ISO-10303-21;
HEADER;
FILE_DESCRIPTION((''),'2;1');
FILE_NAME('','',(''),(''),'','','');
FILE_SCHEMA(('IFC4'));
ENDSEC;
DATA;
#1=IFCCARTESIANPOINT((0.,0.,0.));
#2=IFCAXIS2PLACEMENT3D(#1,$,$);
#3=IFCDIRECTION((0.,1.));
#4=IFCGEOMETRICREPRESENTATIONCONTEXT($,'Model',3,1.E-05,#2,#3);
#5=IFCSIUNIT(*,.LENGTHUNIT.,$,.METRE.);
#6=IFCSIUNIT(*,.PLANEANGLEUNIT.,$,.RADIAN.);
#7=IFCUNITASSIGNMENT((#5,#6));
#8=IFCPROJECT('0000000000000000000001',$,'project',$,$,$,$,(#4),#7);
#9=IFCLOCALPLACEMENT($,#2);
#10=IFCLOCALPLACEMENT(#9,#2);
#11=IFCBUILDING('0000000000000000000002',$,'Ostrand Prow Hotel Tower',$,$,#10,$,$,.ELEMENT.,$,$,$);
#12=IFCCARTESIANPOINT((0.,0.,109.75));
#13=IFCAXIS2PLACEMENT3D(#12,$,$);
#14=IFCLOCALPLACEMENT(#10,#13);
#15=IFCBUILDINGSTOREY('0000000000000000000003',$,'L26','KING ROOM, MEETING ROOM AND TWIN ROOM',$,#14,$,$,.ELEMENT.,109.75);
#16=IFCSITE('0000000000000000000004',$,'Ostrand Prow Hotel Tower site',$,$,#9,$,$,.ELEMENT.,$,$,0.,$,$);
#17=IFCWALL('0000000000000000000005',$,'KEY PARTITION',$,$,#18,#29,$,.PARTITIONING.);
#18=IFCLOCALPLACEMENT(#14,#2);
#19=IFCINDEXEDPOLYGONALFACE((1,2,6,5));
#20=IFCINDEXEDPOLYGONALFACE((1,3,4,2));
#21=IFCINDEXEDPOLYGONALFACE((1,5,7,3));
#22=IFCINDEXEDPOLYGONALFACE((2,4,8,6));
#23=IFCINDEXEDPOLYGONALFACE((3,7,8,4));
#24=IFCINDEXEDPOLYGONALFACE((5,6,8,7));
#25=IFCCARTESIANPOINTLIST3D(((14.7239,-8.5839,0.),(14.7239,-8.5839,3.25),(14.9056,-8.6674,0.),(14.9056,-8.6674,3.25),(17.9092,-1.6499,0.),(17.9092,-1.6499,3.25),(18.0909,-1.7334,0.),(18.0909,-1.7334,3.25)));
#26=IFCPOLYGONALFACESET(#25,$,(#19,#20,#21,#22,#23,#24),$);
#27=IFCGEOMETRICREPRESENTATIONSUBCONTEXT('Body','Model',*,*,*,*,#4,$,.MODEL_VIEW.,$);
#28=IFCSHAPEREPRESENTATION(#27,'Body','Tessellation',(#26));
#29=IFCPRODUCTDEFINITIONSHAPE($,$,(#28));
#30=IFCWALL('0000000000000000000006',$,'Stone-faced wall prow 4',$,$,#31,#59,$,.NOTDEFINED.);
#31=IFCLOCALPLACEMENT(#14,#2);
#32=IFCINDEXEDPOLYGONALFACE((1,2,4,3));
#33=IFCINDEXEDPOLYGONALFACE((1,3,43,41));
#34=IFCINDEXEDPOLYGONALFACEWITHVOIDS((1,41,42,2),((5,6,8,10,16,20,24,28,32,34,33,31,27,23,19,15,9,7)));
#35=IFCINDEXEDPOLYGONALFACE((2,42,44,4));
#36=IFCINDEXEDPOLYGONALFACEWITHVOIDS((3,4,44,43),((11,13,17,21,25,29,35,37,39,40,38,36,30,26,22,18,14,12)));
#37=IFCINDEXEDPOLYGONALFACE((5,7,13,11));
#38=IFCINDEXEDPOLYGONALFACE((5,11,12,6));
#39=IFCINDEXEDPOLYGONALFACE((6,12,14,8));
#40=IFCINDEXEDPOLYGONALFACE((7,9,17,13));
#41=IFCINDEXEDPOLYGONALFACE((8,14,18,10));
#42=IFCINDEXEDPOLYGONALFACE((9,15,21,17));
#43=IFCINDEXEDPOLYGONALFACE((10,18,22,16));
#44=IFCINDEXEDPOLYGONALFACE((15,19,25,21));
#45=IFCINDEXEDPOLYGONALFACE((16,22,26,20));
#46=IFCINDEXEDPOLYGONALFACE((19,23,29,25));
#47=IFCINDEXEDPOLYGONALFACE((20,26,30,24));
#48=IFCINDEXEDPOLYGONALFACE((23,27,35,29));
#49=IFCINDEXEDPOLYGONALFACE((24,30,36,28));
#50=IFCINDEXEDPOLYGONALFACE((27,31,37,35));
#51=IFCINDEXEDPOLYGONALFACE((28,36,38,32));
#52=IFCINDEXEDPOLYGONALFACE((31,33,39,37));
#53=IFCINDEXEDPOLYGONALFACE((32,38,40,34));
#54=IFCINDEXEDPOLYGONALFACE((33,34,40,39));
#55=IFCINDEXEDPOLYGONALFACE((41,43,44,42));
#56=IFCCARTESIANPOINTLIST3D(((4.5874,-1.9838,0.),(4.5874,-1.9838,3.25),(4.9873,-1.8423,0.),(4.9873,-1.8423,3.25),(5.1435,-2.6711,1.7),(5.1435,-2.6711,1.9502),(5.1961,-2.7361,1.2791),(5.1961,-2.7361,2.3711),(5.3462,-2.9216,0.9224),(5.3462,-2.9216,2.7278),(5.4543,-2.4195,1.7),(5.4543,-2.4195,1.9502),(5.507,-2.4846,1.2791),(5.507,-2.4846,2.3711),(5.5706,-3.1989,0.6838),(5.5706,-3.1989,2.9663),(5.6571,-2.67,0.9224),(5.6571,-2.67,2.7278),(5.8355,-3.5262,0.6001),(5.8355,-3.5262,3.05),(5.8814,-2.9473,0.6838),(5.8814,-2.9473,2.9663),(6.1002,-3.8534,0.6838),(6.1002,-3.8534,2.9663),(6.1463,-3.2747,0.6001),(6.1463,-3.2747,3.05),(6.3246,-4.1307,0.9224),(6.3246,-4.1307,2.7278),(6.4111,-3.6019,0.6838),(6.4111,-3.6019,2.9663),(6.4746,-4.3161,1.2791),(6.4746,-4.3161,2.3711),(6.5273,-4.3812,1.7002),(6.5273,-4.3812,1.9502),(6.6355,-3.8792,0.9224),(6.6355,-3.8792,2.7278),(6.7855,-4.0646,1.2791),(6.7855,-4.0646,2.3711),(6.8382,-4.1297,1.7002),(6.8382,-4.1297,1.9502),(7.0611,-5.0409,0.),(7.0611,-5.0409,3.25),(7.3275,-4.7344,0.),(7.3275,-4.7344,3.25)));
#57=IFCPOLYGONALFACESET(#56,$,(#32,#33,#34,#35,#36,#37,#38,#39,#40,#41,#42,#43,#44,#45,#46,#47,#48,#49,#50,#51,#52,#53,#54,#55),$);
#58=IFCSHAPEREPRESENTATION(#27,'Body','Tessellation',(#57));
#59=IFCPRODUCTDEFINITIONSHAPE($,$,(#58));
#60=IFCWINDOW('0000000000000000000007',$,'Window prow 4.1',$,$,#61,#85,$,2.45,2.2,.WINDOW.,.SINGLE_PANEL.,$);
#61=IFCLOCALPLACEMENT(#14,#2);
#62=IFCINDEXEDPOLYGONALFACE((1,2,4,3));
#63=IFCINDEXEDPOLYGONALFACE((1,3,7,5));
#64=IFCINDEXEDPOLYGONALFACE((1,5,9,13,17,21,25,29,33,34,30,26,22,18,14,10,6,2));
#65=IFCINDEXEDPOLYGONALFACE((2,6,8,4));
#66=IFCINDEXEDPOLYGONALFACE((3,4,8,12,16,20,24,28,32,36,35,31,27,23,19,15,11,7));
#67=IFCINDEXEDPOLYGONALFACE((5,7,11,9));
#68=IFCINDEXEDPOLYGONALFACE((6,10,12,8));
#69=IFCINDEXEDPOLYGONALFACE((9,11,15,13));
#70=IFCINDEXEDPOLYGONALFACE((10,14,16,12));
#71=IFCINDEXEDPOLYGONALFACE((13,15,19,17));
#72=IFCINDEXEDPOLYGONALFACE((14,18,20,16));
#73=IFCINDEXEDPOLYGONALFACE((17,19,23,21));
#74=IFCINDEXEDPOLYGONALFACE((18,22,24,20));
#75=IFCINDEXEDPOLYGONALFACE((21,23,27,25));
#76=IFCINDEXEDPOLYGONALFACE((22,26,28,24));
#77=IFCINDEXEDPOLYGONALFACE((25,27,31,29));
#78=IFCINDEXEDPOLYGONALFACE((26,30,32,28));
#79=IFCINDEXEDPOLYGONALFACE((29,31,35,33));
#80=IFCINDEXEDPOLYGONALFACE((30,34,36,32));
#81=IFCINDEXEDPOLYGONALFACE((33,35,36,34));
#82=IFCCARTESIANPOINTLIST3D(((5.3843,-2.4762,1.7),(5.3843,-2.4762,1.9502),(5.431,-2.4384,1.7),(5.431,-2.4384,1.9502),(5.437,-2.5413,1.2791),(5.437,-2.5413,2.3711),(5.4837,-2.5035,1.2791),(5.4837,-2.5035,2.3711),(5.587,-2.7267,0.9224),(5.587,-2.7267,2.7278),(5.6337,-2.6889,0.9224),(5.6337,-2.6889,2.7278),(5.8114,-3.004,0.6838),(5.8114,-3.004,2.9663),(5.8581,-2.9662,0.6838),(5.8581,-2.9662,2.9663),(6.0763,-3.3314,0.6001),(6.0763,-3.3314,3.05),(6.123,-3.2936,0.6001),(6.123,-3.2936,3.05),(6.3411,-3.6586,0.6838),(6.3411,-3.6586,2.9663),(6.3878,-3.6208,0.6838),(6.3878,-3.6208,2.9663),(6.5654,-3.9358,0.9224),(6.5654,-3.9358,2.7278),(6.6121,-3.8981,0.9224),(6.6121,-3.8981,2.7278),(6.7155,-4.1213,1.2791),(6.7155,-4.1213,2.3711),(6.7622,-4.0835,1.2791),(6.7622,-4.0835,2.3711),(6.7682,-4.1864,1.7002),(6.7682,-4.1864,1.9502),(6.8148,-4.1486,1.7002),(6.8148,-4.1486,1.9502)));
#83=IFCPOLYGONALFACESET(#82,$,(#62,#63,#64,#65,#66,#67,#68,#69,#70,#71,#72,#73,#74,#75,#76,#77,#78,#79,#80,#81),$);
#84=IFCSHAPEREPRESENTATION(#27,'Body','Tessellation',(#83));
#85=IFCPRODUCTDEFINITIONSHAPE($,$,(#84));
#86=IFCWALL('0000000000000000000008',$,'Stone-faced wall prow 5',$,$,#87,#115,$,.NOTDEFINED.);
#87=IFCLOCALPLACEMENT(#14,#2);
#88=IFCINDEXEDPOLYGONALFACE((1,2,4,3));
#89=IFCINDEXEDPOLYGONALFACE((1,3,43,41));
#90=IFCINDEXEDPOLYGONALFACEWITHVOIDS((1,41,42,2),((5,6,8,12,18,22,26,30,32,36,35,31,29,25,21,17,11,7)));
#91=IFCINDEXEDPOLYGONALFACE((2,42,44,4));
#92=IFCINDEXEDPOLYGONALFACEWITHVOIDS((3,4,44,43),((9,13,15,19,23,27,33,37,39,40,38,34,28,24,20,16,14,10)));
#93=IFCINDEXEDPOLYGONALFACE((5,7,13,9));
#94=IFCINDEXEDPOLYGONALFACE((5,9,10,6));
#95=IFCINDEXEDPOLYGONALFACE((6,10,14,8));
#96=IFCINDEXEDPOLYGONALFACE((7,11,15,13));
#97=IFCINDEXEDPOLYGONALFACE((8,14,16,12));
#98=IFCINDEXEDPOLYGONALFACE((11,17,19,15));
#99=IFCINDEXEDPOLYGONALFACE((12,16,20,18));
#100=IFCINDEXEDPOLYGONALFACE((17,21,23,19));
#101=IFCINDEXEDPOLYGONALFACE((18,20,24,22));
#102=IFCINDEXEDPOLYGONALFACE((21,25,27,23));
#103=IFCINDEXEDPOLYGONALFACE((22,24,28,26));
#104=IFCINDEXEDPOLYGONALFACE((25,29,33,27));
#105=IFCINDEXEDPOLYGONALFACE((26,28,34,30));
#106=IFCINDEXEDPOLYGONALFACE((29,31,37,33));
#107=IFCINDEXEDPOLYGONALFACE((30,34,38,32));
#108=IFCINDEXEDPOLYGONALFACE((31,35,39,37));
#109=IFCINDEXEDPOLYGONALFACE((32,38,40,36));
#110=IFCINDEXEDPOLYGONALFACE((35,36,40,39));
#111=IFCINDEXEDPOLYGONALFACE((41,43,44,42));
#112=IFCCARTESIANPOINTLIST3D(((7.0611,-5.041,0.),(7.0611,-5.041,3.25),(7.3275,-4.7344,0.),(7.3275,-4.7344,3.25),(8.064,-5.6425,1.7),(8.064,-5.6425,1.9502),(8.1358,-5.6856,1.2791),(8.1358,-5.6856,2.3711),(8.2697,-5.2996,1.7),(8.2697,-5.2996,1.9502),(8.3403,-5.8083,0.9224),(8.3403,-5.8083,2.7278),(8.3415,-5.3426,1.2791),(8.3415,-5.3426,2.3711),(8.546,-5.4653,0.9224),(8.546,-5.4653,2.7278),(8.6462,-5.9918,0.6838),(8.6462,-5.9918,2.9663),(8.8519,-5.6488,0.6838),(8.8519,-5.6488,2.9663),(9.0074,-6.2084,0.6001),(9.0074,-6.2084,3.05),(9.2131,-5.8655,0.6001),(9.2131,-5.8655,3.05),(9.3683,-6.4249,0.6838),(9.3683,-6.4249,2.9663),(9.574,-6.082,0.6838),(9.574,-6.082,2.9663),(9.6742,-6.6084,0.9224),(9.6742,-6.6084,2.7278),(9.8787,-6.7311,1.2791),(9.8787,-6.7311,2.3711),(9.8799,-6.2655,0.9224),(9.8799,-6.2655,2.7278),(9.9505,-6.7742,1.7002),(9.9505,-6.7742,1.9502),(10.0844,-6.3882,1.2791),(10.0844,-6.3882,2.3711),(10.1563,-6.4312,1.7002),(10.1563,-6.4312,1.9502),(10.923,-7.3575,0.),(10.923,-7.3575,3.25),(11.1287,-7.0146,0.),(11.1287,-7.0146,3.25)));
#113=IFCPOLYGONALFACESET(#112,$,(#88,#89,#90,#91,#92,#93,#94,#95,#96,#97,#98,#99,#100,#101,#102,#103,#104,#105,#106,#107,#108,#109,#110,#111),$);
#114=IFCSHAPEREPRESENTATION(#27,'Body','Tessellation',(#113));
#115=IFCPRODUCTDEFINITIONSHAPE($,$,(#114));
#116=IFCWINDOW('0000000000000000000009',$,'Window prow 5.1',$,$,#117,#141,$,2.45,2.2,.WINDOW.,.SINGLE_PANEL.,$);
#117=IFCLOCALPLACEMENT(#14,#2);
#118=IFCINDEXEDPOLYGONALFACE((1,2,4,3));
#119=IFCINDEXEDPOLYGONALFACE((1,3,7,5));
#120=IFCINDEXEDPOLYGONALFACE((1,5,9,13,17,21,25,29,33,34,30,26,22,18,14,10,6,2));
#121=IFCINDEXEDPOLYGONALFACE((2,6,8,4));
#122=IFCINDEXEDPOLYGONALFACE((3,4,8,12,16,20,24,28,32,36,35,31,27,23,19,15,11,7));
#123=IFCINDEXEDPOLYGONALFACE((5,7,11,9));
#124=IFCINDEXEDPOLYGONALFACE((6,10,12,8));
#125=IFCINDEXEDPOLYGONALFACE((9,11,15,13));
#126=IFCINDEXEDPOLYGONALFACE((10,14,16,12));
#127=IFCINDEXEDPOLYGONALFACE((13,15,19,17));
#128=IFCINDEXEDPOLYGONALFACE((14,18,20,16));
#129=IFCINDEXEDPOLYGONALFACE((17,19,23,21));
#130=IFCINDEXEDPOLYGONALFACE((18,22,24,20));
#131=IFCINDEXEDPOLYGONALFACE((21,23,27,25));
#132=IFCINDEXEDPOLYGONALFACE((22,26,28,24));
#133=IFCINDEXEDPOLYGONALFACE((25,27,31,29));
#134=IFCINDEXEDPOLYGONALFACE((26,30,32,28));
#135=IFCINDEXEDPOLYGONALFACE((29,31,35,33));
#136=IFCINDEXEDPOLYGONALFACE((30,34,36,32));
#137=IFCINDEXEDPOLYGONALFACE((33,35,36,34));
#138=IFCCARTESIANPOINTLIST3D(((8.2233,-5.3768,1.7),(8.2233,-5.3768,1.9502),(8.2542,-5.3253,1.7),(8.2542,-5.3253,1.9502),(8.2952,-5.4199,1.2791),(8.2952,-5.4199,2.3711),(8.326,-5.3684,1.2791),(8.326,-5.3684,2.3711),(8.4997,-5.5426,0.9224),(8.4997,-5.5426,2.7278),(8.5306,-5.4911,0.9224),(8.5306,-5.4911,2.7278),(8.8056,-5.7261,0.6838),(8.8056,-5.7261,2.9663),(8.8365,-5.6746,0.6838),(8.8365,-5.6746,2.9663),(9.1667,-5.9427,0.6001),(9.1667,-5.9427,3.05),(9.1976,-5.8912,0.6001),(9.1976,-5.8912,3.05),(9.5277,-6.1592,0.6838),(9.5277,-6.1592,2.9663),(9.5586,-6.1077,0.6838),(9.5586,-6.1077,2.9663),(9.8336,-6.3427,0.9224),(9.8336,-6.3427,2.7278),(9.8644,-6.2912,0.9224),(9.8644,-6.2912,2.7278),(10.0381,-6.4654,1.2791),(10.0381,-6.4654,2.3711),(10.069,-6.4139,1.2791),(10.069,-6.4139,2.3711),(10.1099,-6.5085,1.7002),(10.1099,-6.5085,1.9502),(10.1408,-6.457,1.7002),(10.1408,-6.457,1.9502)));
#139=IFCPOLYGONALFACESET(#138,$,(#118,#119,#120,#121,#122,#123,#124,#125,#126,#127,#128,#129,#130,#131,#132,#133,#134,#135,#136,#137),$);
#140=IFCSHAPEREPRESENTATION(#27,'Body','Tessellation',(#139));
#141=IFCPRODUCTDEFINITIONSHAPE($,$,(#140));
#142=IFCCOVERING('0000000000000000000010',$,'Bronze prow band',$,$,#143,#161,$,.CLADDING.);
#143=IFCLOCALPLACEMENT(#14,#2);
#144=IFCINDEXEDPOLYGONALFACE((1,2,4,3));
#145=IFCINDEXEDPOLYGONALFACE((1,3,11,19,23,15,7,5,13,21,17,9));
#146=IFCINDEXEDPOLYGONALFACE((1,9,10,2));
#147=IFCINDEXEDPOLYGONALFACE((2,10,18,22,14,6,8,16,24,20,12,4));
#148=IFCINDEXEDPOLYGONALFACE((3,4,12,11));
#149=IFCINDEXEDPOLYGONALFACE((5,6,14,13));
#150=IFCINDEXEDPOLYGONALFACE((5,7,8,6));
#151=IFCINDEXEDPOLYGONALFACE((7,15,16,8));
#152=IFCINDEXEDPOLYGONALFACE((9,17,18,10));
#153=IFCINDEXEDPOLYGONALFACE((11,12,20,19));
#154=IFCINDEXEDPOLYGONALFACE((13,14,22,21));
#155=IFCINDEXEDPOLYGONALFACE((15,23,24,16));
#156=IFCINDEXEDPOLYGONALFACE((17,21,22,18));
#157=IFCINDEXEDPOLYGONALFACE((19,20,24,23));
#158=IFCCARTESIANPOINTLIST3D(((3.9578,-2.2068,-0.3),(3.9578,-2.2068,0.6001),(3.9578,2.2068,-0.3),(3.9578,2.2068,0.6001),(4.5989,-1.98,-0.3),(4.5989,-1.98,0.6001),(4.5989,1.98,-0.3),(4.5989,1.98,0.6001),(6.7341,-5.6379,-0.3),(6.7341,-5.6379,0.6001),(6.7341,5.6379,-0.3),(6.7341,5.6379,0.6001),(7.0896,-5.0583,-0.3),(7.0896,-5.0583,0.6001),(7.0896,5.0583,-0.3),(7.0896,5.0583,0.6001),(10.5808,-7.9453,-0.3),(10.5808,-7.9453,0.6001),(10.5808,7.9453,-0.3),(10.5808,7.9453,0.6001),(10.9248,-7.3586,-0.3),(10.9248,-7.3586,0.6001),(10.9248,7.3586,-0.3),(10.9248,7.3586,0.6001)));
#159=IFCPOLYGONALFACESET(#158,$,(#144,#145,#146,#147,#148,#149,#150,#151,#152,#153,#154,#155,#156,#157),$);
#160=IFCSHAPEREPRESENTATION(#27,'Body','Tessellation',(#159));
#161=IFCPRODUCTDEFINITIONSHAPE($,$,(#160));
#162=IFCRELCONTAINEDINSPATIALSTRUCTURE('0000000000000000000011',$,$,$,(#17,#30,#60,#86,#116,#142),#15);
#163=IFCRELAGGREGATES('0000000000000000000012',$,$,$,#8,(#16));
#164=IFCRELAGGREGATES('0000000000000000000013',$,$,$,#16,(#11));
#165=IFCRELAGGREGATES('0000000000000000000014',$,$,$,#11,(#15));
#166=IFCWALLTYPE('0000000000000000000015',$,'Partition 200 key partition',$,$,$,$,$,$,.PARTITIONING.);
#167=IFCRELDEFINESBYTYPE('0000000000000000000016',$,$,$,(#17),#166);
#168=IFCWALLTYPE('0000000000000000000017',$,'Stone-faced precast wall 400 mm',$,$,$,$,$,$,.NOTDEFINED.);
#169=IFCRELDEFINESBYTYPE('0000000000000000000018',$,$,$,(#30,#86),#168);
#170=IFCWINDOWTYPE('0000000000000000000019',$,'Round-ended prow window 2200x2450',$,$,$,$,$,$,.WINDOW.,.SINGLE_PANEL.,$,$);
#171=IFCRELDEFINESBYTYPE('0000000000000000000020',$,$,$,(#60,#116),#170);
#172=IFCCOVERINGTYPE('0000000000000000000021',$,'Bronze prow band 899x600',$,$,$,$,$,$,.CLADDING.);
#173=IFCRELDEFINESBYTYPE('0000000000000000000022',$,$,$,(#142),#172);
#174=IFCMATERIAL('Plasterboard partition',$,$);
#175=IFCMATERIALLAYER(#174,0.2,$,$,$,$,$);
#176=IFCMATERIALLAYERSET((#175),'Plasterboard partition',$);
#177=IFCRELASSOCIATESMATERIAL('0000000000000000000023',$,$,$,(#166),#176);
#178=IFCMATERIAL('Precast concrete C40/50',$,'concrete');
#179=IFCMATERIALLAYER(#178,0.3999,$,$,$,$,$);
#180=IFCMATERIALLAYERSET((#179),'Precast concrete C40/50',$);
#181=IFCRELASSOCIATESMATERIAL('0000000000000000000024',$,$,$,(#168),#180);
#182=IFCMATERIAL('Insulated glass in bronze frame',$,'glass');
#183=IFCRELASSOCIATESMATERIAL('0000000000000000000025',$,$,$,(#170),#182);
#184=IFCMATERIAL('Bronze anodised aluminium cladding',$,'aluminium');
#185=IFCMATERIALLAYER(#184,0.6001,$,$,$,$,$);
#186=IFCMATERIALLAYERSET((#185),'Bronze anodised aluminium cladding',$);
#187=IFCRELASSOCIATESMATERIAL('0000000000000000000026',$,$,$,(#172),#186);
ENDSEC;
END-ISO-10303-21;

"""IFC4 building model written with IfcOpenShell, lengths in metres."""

from ifc_helpers import new_model, si_unit, direction, frame, frame_2d, origin, place, context, subcontext, project, spatial, polyline, rectangle, outline, extrude, material, layer, layer_set, type_object, element, fill, save


model = new_model("IFC4")

# Units and contexts
model_context = context("Model", 3, precision=1e-05, world=origin(), true_north=direction((0.0, 1.0)))
body_context = subcontext(model_context, "Body", "Model", "MODEL_VIEW")
ifc_project = project(units=[si_unit("LENGTHUNIT", "METRE"), si_unit("PLANEANGLEUNIT", "RADIAN")], contexts=[model_context])

# Site, building, storey
site_placement = place(None, origin())
site = spatial("IfcSite", under=ifc_project, at=site_placement, Name="Ostrand Prow Hotel Tower site", CompositionType="ELEMENT", RefElevation=0.0)
building_placement = place(site_placement, origin())
building = spatial("IfcBuilding", under=site, at=building_placement, Name="Ostrand Prow Hotel Tower", CompositionType="ELEMENT")
storey_placement = place(building_placement, frame((0.0, 0.0, 109.75)))
storey = spatial("IfcBuildingStorey", under=building, at=storey_placement, Name="L26", Description="KING ROOM, MEETING ROOM AND TWIN ROOM", CompositionType="ELEMENT", Elevation=109.75)

# Wall
ifc_material_1 = material(Name="Plasterboard partition")
ifc_layer_1 = layer(ifc_material_1, 0.2)
ifc_layer_set_1 = layer_set([ifc_layer_1], Name="Plasterboard partition")
wall_type_1 = type_object("IfcWallType", Name="Partition 200 key partition", PredefinedType="PARTITIONING", material=ifc_layer_set_1)
wall_1_placement = place(storey_placement, frame((14.8147, -8.6257, 0.0), z_axis=(0.0, 0.0, 1.0), x_axis=(0.417432, 0.908708, 0.0)))
element("IfcWall", 1, at=wall_1_placement, inside=storey, type_object=wall_type_1, Name="KEY PARTITION", PredefinedType="PARTITIONING", context=body_context, shape_type="SweptSolid", body=[
    extrude(rectangle(XDim=7.6306, YDim=0.2, at=frame_2d((3.8154, 0.0))), origin(), (0.0, 0.0, 1.0), 3.25),
])

# Walls, openings, windows
ifc_material_2 = material(Name="Precast concrete C40/50", Category="concrete")
ifc_layer_2 = layer(ifc_material_2, 0.3999)
ifc_layer_set_2 = layer_set([ifc_layer_2], Name="Precast concrete C40/50")
wall_type_2 = type_object("IfcWallType", Name="Stone-faced precast wall 400 mm", PredefinedType="NOTDEFINED", material=ifc_layer_set_2)
wall_2_placement = place(storey_placement, frame((4.7874, -1.9131, 0.0), z_axis=(0.0, 0.0, 1.0), x_axis=(0.629035, -0.777377, 0.0)))
wall_2 = element("IfcWall", 2, at=wall_2_placement, inside=storey, type_object=wall_type_2, Name="Stone-faced wall prow 4", PredefinedType="NOTDEFINED", context=body_context, shape_type="SweptSolid", body=[
    extrude(outline(polyline([(-0.0708, -0.2), (3.8618, -0.2), (3.791, 0.2), (0.0708, 0.2), (-0.0708, -0.2)])), origin(), (0.0, 0.0, 1.0), 3.25),
])
opening_1_placement = place(wall_2_placement, frame((0.8132, 0.0, 0.6001)))
opening_1 = element("IfcOpeningElement", 3, at=opening_1_placement, cuts=wall_2, PredefinedType="OPENING", context=body_context, shape_type="SweptSolid", body=[
    extrude(outline(polyline([(0.0, 1.3501), (0.0837, 1.771), (0.3223, 2.1277), (0.679, 2.3662), (1.1001, 2.45), (1.521, 2.3662), (1.8777, 2.1277), (2.1162, 1.771), (2.2, 1.3501), (2.2, 1.1001), (2.1162, 0.679), (1.8777, 0.3223), (1.521, 0.0837), (1.1001, 0.0), (0.679, 0.0837), (0.3223, 0.3223), (0.0837, 0.679), (0.0, 1.0999), (0.0, 1.3501)])), frame((0.0, 0.21, 0.0), z_axis=(0.0, -1.0, 0.0), x_axis=(1.0, 0.0, 0.0)), (0.0, 0.0, 1.0), 0.4199),
])
ifc_material_3 = material(Name="Insulated glass in bronze frame", Category="glass")
window_type = type_object("IfcWindowType", Name="Round-ended prow window 2200x2450", PartitioningType="SINGLE_PANEL", PredefinedType="WINDOW", material=ifc_material_3)
window_1_placement = place(opening_1_placement, origin())
window_1 = element("IfcWindow", 4, at=window_1_placement, inside=storey, type_object=window_type, Name="Window prow 4.1", OverallHeight=2.45, OverallWidth=2.2, PartitioningType="SINGLE_PANEL", PredefinedType="WINDOW", context=body_context, shape_type="SweptSolid", body=[
    extrude(outline(polyline([(0.0, 1.3501), (0.0837, 1.771), (0.3223, 2.1277), (0.679, 2.3662), (1.1001, 2.45), (1.521, 2.3662), (1.8777, 2.1277), (2.1162, 1.771), (2.2, 1.3501), (2.2, 1.1001), (2.1162, 0.679), (1.8777, 0.3223), (1.521, 0.0837), (1.1001, 0.0), (0.679, 0.0837), (0.3223, 0.3223), (0.0837, 0.679), (0.0, 1.0999), (0.0, 1.3501)])), frame((0.0, 0.1699, 0.0), z_axis=(0.0, -1.0, 0.0), x_axis=(1.0, 0.0, 0.0)), (0.0, 0.0, 1.0), 0.0601),
])
fill(opening_1, window_1)
wall_3_placement = place(storey_placement, frame((7.1943, -4.8877, 0.0), z_axis=(0.0, 0.0, 1.0), x_axis=(0.857551, -0.514399, 0.0)))
wall_3 = element("IfcWall", 5, at=wall_3_placement, inside=storey, type_object=wall_type_2, Name="Stone-faced wall prow 5", PredefinedType="NOTDEFINED", context=body_context, shape_type="SweptSolid", body=[
    extrude(outline(polyline([(-0.0354, -0.2), (4.468, -0.2), (4.468, 0.2), (0.0354, 0.2), (-0.0354, -0.2)])), origin(), (0.0, 0.0, 1.0), 3.25),
])
opening_2_placement = place(wall_3_placement, frame((1.134, 0.0, 0.6001)))
opening_2 = element("IfcOpeningElement", 6, at=opening_2_placement, cuts=wall_3, PredefinedType="OPENING", context=body_context, shape_type="SweptSolid", body=[
    extrude(outline(polyline([(0.0, 1.3501), (0.0837, 1.771), (0.3223, 2.1277), (0.679, 2.3662), (1.1001, 2.45), (1.521, 2.3662), (1.8777, 2.1277), (2.1162, 1.771), (2.2, 1.3501), (2.2, 1.1001), (2.1162, 0.679), (1.8777, 0.3223), (1.521, 0.0837), (1.1001, 0.0), (0.679, 0.0837), (0.3223, 0.3223), (0.0837, 0.679), (0.0, 1.0999), (0.0, 1.3501)])), frame((0.0, 0.21, 0.0), z_axis=(0.0, -1.0, 0.0), x_axis=(1.0, 0.0, 0.0)), (0.0, 0.0, 1.0), 0.4199),
])
window_2_placement = place(opening_2_placement, origin())
window_2 = element("IfcWindow", 7, at=window_2_placement, inside=storey, type_object=window_type, Name="Window prow 5.1", OverallHeight=2.45, OverallWidth=2.2, PartitioningType="SINGLE_PANEL", PredefinedType="WINDOW", context=body_context, shape_type="SweptSolid", body=[
    extrude(outline(polyline([(0.0, 1.3501), (0.0837, 1.771), (0.3223, 2.1277), (0.679, 2.3662), (1.1001, 2.45), (1.521, 2.3662), (1.8777, 2.1277), (2.1162, 1.771), (2.2, 1.3501), (2.2, 1.1001), (2.1162, 0.679), (1.8777, 0.3223), (1.521, 0.0837), (1.1001, 0.0), (0.679, 0.0837), (0.3223, 0.3223), (0.0837, 0.679), (0.0, 1.0999), (0.0, 1.3501)])), frame((0.0, 0.1699, 0.0), z_axis=(0.0, -1.0, 0.0), x_axis=(1.0, 0.0, 0.0)), (0.0, 0.0, 1.0), 0.0601),
])
fill(opening_2, window_2)

# Covering
ifc_material_4 = material(Name="Bronze anodised aluminium cladding", Category="aluminium")
ifc_layer_3 = layer(ifc_material_4, 0.6001)
ifc_layer_set_3 = layer_set([ifc_layer_3], Name="Bronze anodised aluminium cladding")
covering_type_1 = type_object("IfcCoveringType", Name="Bronze prow band 899x600", PredefinedType="CLADDING", material=ifc_layer_set_3)
covering_1_placement = place(storey_placement, frame((0.0, 0.0, -0.3)))
element("IfcCovering", 8, at=covering_1_placement, inside=storey, type_object=covering_type_1, Name="Bronze prow band", PredefinedType="CLADDING", context=body_context, shape_type="SweptSolid", body=[
    extrude(outline(polyline([(10.5808, 7.9453), (6.7341, 5.6379), (3.9578, 2.2068), (3.9578, -2.2068), (6.7341, -5.6379), (10.5808, -7.9453), (10.9248, -7.3586), (7.0896, -5.0583), (4.5989, -1.98), (4.5989, 1.98), (7.0896, 5.0583), (10.9248, 7.3586), (10.5808, 7.9453)])), origin(), (0.0, 0.0, 1.0), 0.9001),
])

save(model, "model.ifc")
